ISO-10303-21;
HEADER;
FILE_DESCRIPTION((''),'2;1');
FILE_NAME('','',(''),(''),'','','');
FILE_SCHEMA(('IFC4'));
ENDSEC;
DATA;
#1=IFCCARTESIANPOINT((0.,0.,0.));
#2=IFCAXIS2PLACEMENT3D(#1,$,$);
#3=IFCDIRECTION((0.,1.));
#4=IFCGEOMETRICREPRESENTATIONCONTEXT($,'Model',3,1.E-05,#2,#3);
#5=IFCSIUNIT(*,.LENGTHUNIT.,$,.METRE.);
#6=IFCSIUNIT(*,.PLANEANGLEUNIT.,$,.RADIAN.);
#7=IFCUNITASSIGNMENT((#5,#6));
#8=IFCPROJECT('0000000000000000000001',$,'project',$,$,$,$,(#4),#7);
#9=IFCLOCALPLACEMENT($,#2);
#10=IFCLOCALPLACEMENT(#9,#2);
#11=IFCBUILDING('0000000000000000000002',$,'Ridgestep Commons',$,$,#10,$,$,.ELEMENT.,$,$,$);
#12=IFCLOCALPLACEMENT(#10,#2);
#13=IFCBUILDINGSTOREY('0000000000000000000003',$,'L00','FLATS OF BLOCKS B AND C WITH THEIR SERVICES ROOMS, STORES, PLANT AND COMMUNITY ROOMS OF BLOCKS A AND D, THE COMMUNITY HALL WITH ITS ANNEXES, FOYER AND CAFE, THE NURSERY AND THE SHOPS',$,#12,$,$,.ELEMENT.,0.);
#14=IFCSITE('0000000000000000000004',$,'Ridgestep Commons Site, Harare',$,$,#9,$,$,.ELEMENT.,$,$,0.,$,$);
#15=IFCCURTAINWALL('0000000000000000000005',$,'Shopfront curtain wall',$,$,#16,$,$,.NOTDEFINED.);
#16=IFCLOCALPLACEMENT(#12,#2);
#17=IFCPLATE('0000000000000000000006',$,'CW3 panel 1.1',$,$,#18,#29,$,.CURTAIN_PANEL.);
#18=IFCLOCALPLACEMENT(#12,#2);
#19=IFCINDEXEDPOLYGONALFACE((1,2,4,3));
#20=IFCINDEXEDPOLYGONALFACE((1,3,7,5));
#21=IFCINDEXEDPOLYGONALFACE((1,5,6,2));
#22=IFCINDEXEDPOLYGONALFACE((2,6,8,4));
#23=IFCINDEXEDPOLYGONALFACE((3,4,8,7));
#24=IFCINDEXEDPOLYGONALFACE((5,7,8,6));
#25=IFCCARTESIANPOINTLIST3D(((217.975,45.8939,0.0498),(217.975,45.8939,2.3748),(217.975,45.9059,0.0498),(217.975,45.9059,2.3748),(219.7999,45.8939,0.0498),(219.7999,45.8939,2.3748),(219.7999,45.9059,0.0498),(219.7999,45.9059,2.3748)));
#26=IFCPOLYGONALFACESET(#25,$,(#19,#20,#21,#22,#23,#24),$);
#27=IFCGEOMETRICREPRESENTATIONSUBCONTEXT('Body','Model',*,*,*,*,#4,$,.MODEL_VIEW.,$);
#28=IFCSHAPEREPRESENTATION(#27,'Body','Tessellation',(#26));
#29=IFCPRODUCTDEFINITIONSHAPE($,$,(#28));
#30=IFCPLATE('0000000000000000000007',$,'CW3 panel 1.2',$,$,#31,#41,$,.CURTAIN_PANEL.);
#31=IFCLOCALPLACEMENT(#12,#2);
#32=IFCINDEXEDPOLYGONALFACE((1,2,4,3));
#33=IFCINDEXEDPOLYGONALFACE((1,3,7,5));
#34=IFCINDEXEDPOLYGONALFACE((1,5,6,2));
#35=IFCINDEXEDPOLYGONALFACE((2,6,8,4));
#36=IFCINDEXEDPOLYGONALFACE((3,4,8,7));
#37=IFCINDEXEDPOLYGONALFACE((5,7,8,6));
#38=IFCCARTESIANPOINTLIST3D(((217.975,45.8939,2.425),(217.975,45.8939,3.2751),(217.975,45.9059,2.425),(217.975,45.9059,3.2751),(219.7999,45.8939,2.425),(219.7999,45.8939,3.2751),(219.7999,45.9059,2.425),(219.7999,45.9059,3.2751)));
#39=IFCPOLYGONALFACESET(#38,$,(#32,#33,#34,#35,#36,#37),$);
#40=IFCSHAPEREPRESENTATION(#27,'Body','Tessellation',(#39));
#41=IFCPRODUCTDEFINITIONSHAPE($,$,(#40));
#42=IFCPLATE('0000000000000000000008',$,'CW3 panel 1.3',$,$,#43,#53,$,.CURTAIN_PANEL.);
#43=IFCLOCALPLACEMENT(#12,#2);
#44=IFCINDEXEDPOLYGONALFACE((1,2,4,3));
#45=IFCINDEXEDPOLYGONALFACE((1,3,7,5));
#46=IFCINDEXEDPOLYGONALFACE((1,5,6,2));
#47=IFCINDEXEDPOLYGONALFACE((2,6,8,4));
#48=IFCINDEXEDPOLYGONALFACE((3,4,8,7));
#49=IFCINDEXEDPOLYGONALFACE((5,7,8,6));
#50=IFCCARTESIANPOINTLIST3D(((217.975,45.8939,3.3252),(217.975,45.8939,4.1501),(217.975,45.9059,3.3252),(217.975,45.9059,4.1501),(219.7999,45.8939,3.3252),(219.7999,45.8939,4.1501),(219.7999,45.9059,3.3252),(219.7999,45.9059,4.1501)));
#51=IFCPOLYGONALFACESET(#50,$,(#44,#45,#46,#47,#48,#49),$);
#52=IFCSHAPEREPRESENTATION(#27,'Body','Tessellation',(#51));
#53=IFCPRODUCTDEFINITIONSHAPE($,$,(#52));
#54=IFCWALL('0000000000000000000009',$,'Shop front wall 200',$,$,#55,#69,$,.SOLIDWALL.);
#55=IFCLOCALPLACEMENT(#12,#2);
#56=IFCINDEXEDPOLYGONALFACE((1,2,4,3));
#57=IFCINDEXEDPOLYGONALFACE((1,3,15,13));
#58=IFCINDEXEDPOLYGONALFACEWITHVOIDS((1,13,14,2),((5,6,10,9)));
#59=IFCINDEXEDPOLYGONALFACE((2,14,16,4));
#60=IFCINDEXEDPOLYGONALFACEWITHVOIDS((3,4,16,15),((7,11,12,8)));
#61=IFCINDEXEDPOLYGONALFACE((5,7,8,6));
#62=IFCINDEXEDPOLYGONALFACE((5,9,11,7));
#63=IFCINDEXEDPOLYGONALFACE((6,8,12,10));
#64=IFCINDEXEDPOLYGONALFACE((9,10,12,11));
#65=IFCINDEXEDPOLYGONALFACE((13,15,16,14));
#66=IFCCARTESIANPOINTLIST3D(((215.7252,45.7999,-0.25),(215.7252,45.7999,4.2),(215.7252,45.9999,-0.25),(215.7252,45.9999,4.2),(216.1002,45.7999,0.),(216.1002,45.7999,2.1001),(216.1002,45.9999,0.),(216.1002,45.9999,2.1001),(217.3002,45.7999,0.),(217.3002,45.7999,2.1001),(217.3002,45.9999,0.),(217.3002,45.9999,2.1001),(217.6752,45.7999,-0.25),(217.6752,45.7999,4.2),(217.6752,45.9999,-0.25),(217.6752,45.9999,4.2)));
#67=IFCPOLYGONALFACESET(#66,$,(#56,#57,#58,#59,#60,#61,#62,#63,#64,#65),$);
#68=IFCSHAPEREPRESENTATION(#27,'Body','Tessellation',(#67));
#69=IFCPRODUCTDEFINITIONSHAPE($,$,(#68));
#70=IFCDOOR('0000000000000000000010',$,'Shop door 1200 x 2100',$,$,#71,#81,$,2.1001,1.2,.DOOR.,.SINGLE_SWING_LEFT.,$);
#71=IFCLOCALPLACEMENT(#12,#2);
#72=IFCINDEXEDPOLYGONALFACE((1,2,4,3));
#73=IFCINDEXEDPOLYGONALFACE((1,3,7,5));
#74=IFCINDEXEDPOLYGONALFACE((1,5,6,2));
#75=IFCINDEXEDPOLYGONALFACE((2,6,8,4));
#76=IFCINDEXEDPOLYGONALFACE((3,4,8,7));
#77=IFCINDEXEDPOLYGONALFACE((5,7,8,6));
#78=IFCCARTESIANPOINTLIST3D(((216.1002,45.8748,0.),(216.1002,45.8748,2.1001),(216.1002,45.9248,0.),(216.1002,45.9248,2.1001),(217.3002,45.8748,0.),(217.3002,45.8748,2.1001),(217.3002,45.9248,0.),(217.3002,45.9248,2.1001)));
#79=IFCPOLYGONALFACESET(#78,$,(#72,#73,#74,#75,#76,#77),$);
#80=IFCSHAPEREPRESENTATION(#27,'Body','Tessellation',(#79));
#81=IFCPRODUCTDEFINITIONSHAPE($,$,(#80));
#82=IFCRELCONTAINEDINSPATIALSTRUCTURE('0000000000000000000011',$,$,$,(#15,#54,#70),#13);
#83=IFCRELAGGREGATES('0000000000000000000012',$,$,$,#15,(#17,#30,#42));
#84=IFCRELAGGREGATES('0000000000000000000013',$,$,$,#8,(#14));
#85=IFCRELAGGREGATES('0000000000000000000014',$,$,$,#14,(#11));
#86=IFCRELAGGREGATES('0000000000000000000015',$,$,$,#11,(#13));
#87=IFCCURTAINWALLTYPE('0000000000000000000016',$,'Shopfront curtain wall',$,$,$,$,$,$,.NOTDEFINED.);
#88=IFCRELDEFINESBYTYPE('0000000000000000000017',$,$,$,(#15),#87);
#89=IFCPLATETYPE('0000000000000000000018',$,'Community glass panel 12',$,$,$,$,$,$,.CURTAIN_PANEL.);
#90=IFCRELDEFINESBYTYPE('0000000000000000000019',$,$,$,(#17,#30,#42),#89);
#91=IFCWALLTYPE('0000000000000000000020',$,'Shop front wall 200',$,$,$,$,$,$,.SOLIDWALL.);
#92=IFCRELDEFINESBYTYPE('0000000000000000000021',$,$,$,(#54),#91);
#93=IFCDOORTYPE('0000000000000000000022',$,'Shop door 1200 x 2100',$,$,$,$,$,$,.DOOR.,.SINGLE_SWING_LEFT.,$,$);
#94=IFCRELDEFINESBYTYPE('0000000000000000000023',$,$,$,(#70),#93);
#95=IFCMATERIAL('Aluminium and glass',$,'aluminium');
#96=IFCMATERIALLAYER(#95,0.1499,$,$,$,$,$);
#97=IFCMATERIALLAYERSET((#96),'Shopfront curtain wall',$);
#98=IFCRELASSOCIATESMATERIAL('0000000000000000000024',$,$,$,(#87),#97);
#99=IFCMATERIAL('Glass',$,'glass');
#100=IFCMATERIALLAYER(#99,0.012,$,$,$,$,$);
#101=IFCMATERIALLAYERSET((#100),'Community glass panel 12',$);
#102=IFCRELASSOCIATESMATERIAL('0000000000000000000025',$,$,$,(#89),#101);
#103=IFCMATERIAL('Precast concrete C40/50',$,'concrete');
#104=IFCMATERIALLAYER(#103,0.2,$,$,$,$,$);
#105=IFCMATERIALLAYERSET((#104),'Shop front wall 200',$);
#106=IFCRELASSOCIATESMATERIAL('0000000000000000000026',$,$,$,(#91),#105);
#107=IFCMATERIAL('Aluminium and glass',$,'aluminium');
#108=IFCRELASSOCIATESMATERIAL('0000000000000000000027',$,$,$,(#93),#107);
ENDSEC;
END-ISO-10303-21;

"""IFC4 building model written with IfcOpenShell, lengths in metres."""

from ifc_helpers import new_model, si_unit, direction, frame, frame_2d, origin, origin_2d, place, context, subcontext, project, spatial, rectangle, extrude, material, layer, layer_set, type_object, element, fill, aggregate, save


model = new_model("IFC4")

# Units and contexts
model_context = context("Model", 3, precision=1e-05, world=origin(), true_north=direction((0.0, 1.0)))
body_context = subcontext(model_context, "Body", "Model", "MODEL_VIEW")
ifc_project = project(units=[si_unit("LENGTHUNIT", "METRE"), si_unit("PLANEANGLEUNIT", "RADIAN")], contexts=[model_context])

# Site, building, storey
site_placement = place(None, origin())
site = spatial("IfcSite", under=ifc_project, at=site_placement, Name="Ridgestep Commons Site, Harare", CompositionType="ELEMENT", RefElevation=0.0)
building_placement = place(site_placement, origin())
building = spatial("IfcBuilding", under=site, at=building_placement, Name="Ridgestep Commons", CompositionType="ELEMENT")
storey_placement = place(building_placement, origin())
storey = spatial("IfcBuildingStorey", under=building, at=storey_placement, Name="L00", Description="FLATS OF BLOCKS B AND C WITH THEIR SERVICES ROOMS, STORES, PLANT AND COMMUNITY ROOMS OF BLOCKS A AND D, THE COMMUNITY HALL WITH ITS ANNEXES, FOYER AND CAFE, THE NURSERY AND THE SHOPS", CompositionType="ELEMENT", Elevation=0.0)

# Shared definitions
ifc_material_1 = material(Name="Aluminium and glass", Category="aluminium")
ifc_layer_1 = layer(ifc_material_1, 0.1499)
ifc_layer_set_1 = layer_set([ifc_layer_1], Name="Shopfront curtain wall")
curtain_wall_type = type_object("IfcCurtainWallType", Name="Shopfront curtain wall", PredefinedType="NOTDEFINED", material=ifc_layer_set_1)

# Curtain wall
curtain_wall_1_placement = place(storey_placement, origin())
curtain_wall_1 = element("IfcCurtainWall", 1, at=curtain_wall_1_placement, inside=storey, type_object=curtain_wall_type, Name="Shopfront curtain wall", PredefinedType="NOTDEFINED")

# Plates
ifc_material_2 = material(Name="Glass", Category="glass")
ifc_layer_2 = layer(ifc_material_2, 0.012)
ifc_layer_set_2 = layer_set([ifc_layer_2], Name="Community glass panel 12")
plate_type = type_object("IfcPlateType", Name="Community glass panel 12", PredefinedType="CURTAIN_PANEL", material=ifc_layer_set_2)
plate_1_placement = place(storey_placement, frame((218.8875, 45.8999, 0.0498), z_axis=(0.0, 0.0, 1.0), x_axis=(1.0, 0.0, 0.0)))
plate_1 = element("IfcPlate", 2, at=plate_1_placement, type_object=plate_type, Name="CW3 panel 1.1", PredefinedType="CURTAIN_PANEL", context=body_context, shape_type="SweptSolid", body=[
    extrude(rectangle(XDim=1.825, YDim=0.012, at=origin_2d()), origin(), (0.0, 0.0, 1.0), 2.325),
])
plate_2_placement = place(storey_placement, frame((218.8875, 45.8999, 2.425), z_axis=(0.0, 0.0, 1.0), x_axis=(1.0, 0.0, 0.0)))
plate_2 = element("IfcPlate", 3, at=plate_2_placement, type_object=plate_type, Name="CW3 panel 1.2", PredefinedType="CURTAIN_PANEL", context=body_context, shape_type="SweptSolid", body=[
    extrude(rectangle(XDim=1.825, YDim=0.012, at=origin_2d()), origin(), (0.0, 0.0, 1.0), 0.8501),
])
plate_3_placement = place(storey_placement, frame((218.8875, 45.8999, 3.3252), z_axis=(0.0, 0.0, 1.0), x_axis=(1.0, 0.0, 0.0)))
plate_3 = element("IfcPlate", 4, at=plate_3_placement, type_object=plate_type, Name="CW3 panel 1.3", PredefinedType="CURTAIN_PANEL", context=body_context, shape_type="SweptSolid", body=[
    extrude(rectangle(XDim=1.825, YDim=0.012, at=origin_2d()), origin(), (0.0, 0.0, 1.0), 0.825),
])
aggregate(curtain_wall_1, [plate_1, plate_2, plate_3])

# Wall, opening, door
ifc_material_3 = material(Name="Precast concrete C40/50", Category="concrete")
ifc_layer_3 = layer(ifc_material_3, 0.2)
ifc_layer_set_3 = layer_set([ifc_layer_3], Name="Shop front wall 200")
wall_type = type_object("IfcWallType", Name="Shop front wall 200", PredefinedType="SOLIDWALL", material=ifc_layer_set_3)
wall_placement = place(storey_placement, frame((215.7251, 45.8999, -0.25), z_axis=(0.0, 0.0, 1.0), x_axis=(1.0, 0.0, 0.0)))
wall = element("IfcWall", 5, at=wall_placement, inside=storey, type_object=wall_type, Name="Shop front wall 200", PredefinedType="SOLIDWALL", context=body_context, shape_type="SweptSolid", body=[
    extrude(rectangle(XDim=1.95, YDim=0.2, at=frame_2d((0.9751, 0.0))), origin(), (0.0, 0.0, 1.0), 4.45),
])
opening_placement = place(wall_placement, frame((0.375, 0.0, 0.25)))
opening = element("IfcOpeningElement", 6, at=opening_placement, cuts=wall, PredefinedType="OPENING", context=body_context, shape_type="SweptSolid", body=[
    extrude(rectangle(XDim=1.2, YDim=2.1001, at=frame_2d((0.6001, 1.05))), frame((0.0, 0.1099, 0.0), z_axis=(0.0, -1.0, 0.0), x_axis=(1.0, 0.0, 0.0)), (0.0, 0.0, 1.0), 0.22),
])
ifc_material_4 = material(Name="Aluminium and glass", Category="aluminium")
door_type = type_object("IfcDoorType", Name="Shop door 1200 x 2100", OperationType="SINGLE_SWING_LEFT", PredefinedType="DOOR", material=ifc_material_4)
door_placement = place(opening_placement, origin())
door = element("IfcDoor", 7, at=door_placement, inside=storey, type_object=door_type, Name="Shop door 1200 x 2100", OperationType="SINGLE_SWING_LEFT", OverallHeight=2.1001, OverallWidth=1.2, PredefinedType="DOOR", context=body_context, shape_type="SweptSolid", body=[
    extrude(rectangle(XDim=1.2, YDim=2.1001, at=frame_2d((0.6001, 1.05))), frame((0.0, 0.0249, 0.0), z_axis=(0.0, -1.0, 0.0), x_axis=(1.0, 0.0, 0.0)), (0.0, 0.0, 1.0), 0.05),
])
fill(opening, door)

save(model, "model.ifc")
